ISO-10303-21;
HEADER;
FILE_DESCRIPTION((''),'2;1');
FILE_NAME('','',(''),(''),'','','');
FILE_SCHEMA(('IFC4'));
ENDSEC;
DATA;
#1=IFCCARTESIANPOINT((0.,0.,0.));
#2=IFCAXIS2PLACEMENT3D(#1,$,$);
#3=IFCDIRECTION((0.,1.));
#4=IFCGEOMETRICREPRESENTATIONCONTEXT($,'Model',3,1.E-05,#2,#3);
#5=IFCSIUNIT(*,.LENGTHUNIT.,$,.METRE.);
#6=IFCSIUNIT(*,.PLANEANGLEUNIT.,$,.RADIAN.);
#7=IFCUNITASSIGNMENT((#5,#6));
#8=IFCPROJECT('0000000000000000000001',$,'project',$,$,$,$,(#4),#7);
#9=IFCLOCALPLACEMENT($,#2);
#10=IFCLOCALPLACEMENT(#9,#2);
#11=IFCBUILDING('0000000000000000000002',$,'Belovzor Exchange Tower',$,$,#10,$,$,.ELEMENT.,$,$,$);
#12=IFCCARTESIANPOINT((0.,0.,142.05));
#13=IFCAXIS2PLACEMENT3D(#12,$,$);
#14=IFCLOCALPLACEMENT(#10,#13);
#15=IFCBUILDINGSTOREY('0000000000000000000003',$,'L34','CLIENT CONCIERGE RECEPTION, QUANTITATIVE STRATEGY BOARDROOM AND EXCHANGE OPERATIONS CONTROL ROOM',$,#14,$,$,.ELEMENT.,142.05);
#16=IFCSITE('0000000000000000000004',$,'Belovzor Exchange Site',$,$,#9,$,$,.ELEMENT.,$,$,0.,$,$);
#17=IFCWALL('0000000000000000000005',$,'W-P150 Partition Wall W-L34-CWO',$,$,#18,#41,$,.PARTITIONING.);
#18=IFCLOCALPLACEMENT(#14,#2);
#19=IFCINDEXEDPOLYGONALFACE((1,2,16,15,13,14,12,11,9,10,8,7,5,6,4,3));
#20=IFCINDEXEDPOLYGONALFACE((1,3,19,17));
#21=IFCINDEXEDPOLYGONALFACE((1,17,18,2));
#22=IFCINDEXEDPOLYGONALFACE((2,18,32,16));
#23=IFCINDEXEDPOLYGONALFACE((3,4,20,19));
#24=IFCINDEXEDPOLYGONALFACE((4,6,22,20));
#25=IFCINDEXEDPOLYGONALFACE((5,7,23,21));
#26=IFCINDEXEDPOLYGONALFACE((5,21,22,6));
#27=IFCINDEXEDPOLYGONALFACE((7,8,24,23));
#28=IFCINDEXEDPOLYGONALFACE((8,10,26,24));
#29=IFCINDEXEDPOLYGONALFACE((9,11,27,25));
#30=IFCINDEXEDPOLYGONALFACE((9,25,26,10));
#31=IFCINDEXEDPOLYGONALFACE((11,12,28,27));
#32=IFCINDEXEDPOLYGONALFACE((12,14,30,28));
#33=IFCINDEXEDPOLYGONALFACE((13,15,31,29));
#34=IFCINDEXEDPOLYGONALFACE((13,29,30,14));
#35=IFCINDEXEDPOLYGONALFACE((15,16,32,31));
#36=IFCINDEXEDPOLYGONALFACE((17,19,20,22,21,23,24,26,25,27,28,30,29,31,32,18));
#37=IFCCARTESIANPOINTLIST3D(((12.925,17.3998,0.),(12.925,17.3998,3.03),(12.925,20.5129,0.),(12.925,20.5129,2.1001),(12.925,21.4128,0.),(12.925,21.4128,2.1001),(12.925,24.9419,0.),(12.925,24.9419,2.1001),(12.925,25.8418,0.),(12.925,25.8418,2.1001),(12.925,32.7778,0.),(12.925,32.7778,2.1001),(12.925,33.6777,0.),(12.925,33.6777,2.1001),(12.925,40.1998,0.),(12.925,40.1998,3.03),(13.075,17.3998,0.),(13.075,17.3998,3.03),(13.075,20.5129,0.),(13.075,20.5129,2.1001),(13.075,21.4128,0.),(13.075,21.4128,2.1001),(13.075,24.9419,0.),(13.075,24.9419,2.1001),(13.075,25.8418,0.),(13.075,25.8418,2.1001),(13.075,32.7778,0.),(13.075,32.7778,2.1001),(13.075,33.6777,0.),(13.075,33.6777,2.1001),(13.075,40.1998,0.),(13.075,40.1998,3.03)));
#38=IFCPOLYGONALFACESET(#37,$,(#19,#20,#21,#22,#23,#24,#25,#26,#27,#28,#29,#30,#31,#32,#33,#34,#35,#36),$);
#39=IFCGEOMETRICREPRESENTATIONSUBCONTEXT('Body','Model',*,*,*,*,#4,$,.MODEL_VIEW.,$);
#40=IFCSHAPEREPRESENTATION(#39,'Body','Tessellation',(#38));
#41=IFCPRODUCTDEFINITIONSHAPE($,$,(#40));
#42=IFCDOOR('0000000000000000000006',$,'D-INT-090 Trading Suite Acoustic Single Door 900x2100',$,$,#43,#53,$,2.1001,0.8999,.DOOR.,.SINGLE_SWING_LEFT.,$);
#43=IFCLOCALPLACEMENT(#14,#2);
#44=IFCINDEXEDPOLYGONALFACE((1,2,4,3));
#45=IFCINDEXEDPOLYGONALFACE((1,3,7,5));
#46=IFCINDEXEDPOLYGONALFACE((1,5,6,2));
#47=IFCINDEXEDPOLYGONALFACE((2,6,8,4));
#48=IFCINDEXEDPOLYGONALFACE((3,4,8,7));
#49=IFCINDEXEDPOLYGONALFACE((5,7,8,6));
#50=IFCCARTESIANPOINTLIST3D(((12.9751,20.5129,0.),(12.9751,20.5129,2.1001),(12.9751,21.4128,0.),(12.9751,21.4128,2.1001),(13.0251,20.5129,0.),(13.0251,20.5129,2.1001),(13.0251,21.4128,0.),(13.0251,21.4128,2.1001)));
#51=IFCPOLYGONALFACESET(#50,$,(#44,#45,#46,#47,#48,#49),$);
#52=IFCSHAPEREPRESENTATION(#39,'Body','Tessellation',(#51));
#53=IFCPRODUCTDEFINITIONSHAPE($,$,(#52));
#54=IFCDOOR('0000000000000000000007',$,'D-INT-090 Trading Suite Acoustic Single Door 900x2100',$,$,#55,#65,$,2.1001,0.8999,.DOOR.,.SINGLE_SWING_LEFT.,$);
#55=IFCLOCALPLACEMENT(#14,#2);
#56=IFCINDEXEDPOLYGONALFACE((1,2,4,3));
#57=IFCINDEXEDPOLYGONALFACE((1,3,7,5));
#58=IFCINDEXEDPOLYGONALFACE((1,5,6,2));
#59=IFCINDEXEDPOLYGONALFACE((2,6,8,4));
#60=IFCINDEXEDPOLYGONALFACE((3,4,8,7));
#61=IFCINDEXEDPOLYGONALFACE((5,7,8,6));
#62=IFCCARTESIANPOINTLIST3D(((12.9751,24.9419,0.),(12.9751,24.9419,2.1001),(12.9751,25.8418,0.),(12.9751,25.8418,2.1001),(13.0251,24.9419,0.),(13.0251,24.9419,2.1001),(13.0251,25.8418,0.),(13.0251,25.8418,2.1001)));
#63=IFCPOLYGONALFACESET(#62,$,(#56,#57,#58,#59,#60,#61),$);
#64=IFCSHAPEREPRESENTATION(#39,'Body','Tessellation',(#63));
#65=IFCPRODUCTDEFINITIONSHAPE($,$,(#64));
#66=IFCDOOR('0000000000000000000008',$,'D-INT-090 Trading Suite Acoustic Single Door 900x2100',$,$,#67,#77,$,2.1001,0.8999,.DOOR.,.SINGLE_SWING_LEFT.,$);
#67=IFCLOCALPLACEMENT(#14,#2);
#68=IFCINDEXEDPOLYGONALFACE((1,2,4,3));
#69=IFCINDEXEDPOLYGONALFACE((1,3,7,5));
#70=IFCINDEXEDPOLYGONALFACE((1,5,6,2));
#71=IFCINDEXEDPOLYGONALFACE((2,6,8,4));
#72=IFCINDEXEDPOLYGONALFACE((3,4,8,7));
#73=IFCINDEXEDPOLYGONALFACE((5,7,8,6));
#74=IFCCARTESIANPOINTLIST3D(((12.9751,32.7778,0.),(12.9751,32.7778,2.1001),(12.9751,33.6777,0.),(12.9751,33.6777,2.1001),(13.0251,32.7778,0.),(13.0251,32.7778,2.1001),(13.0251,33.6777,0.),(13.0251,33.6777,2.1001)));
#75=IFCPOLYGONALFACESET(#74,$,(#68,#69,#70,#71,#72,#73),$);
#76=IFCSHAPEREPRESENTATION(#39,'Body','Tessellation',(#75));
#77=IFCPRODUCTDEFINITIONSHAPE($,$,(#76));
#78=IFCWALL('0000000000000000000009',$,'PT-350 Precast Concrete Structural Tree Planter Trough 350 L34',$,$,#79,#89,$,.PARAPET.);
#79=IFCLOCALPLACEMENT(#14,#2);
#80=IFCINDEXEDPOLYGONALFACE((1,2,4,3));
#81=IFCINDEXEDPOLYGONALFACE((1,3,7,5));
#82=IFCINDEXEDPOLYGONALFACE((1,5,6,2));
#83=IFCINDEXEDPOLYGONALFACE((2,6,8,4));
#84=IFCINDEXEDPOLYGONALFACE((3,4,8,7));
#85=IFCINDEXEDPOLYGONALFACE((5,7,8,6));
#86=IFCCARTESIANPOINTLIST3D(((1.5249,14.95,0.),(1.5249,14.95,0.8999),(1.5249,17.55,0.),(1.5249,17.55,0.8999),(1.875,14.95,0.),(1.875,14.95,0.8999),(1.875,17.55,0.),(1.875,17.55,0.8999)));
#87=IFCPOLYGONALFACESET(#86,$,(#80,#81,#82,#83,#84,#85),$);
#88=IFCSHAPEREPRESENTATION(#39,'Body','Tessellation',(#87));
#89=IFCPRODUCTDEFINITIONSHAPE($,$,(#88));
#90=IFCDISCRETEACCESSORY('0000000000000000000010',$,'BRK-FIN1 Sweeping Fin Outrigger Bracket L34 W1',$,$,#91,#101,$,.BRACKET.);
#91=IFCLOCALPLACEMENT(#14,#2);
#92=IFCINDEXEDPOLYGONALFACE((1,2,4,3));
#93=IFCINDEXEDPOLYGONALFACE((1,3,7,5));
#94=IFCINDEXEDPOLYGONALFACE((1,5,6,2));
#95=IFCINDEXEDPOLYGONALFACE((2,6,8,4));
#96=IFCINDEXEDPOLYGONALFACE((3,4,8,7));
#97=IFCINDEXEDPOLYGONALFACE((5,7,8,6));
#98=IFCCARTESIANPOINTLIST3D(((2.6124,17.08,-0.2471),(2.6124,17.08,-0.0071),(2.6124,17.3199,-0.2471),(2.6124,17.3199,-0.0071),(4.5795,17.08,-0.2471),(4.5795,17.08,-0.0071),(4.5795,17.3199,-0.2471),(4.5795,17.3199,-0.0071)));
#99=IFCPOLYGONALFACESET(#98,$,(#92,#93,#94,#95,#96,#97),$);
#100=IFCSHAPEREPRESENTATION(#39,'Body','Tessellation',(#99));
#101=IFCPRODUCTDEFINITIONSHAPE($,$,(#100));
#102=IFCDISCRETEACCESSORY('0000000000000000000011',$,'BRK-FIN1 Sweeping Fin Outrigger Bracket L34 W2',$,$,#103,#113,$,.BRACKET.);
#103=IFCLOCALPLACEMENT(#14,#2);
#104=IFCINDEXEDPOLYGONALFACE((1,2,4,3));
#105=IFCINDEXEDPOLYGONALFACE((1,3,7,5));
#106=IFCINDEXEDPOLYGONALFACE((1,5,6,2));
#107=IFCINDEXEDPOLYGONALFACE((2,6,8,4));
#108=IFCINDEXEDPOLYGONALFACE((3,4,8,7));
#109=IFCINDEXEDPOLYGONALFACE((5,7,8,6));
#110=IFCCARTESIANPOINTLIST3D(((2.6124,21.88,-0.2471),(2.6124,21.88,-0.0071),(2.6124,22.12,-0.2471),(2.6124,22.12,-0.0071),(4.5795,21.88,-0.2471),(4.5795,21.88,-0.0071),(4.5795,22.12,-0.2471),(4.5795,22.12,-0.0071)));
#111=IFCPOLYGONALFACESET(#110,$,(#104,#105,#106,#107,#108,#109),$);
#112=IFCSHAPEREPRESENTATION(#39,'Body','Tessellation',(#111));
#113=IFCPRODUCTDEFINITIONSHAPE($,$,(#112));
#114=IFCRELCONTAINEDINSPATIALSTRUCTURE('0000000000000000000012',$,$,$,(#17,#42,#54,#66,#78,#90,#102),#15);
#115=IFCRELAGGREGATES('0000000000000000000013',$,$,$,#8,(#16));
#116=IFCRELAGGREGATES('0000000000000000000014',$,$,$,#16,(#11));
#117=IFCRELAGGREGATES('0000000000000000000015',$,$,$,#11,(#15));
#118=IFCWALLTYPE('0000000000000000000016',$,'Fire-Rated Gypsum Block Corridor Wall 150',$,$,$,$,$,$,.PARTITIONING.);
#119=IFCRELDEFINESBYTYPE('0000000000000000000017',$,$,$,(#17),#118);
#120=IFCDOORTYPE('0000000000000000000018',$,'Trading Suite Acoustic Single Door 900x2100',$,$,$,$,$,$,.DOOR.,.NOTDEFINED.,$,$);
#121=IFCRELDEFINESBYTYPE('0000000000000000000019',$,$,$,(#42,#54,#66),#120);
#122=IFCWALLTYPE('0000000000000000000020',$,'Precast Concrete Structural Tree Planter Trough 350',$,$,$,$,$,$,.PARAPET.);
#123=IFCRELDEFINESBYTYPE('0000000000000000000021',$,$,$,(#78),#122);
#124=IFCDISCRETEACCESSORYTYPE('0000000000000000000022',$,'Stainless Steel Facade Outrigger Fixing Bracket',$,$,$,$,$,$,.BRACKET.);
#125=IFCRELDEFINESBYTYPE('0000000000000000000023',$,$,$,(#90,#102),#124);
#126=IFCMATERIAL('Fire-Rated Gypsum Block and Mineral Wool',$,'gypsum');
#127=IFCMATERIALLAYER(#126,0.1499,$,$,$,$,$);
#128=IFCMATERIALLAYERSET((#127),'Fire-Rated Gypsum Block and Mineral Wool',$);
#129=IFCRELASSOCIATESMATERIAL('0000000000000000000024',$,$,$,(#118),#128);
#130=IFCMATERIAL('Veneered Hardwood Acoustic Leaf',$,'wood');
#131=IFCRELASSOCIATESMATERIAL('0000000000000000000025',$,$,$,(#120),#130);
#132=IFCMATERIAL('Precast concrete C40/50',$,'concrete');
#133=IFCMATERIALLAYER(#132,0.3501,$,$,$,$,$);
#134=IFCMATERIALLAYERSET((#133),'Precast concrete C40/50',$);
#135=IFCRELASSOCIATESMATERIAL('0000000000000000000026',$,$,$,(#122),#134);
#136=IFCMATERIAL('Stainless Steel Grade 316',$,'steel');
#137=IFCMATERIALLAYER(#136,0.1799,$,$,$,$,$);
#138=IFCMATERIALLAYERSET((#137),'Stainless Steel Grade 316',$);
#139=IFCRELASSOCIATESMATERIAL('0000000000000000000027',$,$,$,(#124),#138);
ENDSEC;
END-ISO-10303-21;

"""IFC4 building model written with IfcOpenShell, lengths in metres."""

from ifc_helpers import new_model, si_unit, direction, frame, frame_2d, origin, origin_2d, place, context, subcontext, project, spatial, rectangle, extrude, material, layer, layer_set, type_object, element, fill, save


model = new_model("IFC4")

# Units and contexts
model_context = context("Model", 3, precision=1e-05, world=origin(), true_north=direction((0.0, 1.0)))
body_context = subcontext(model_context, "Body", "Model", "MODEL_VIEW")
ifc_project = project(units=[si_unit("LENGTHUNIT", "METRE"), si_unit("PLANEANGLEUNIT", "RADIAN")], contexts=[model_context])

# Site, building, storey
site_placement = place(None, origin())
site = spatial("IfcSite", under=ifc_project, at=site_placement, Name="Belovzor Exchange Site", CompositionType="ELEMENT", RefElevation=0.0)
building_placement = place(site_placement, origin())
building = spatial("IfcBuilding", under=site, at=building_placement, Name="Belovzor Exchange Tower", CompositionType="ELEMENT")
storey_placement = place(building_placement, frame((0.0, 0.0, 142.05)))
storey = spatial("IfcBuildingStorey", under=building, at=storey_placement, Name="L34", Description="CLIENT CONCIERGE RECEPTION, QUANTITATIVE STRATEGY BOARDROOM AND EXCHANGE OPERATIONS CONTROL ROOM", CompositionType="ELEMENT", Elevation=142.05)

# Wall, openings, doors
ifc_material_1 = material(Name="Fire-Rated Gypsum Block and Mineral Wool", Category="gypsum")
ifc_layer_1 = layer(ifc_material_1, 0.1499)
ifc_layer_set_1 = layer_set([ifc_layer_1], Name="Fire-Rated Gypsum Block and Mineral Wool")
wall_type_1 = type_object("IfcWallType", Name="Fire-Rated Gypsum Block Corridor Wall 150", PredefinedType="PARTITIONING", material=ifc_layer_set_1)
ifc_material_2 = material(Name="Veneered Hardwood Acoustic Leaf", Category="wood")
door_type = type_object("IfcDoorType", Name="Trading Suite Acoustic Single Door 900x2100", OperationType="NOTDEFINED", PredefinedType="DOOR", material=ifc_material_2)
wall_1_placement = place(storey_placement, frame((13.0, 17.3999, 0.0), z_axis=(0.0, 0.0, 1.0), x_axis=(0.0, 1.0, 0.0)))
wall_1 = element("IfcWall", 1, at=wall_1_placement, inside=storey, type_object=wall_type_1, Name="W-P150 Partition Wall W-L34-CWO", PredefinedType="PARTITIONING", context=body_context, shape_type="SweptSolid", body=[
    extrude(rectangle(XDim=22.8, YDim=0.1499, at=frame_2d((11.3999, 0.0))), origin(), (0.0, 0.0, 1.0), 3.03),
])
opening_1_placement = place(wall_1_placement, frame((3.113, 0.0, 0.0)))
opening_1 = element("IfcOpeningElement", 2, at=opening_1_placement, cuts=wall_1, PredefinedType="OPENING", context=body_context, shape_type="SweptSolid", body=[
    extrude(rectangle(XDim=0.8999, YDim=2.1001, at=frame_2d((0.45, 1.05))), frame((0.0, 0.085, 0.0), z_axis=(0.0, -1.0, 0.0), x_axis=(1.0, 0.0, 0.0)), (0.0, 0.0, 1.0), 0.1699),
])
opening_2_placement = place(wall_1_placement, frame((7.542, 0.0, 0.0)))
opening_2 = element("IfcOpeningElement", 3, at=opening_2_placement, cuts=wall_1, PredefinedType="OPENING", context=body_context, shape_type="SweptSolid", body=[
    extrude(rectangle(XDim=0.8999, YDim=2.1001, at=frame_2d((0.45, 1.05))), frame((0.0, 0.085, 0.0), z_axis=(0.0, -1.0, 0.0), x_axis=(1.0, 0.0, 0.0)), (0.0, 0.0, 1.0), 0.1699),
])
opening_3_placement = place(wall_1_placement, frame((15.3779, 0.0, 0.0)))
opening_3 = element("IfcOpeningElement", 4, at=opening_3_placement, cuts=wall_1, PredefinedType="OPENING", context=body_context, shape_type="SweptSolid", body=[
    extrude(rectangle(XDim=0.8999, YDim=2.1001, at=frame_2d((0.45, 1.05))), frame((0.0, 0.085, 0.0), z_axis=(0.0, -1.0, 0.0), x_axis=(1.0, 0.0, 0.0)), (0.0, 0.0, 1.0), 0.1699),
])
door_1_placement = place(opening_1_placement, origin())
door_1 = element("IfcDoor", 5, at=door_1_placement, inside=storey, type_object=door_type, Name="D-INT-090 Trading Suite Acoustic Single Door 900x2100", OperationType="SINGLE_SWING_LEFT", OverallHeight=2.1001, OverallWidth=0.8999, PredefinedType="DOOR", context=body_context, shape_type="SweptSolid", body=[
    extrude(rectangle(XDim=0.8999, YDim=2.1001, at=frame_2d((0.45, 1.05))), frame((0.0, 0.0249, 0.0), z_axis=(0.0, -1.0, 0.0), x_axis=(1.0, 0.0, 0.0)), (0.0, 0.0, 1.0), 0.05),
])
fill(opening_1, door_1)
door_2_placement = place(opening_2_placement, origin())
door_2 = element("IfcDoor", 6, at=door_2_placement, inside=storey, type_object=door_type, Name="D-INT-090 Trading Suite Acoustic Single Door 900x2100", OperationType="SINGLE_SWING_LEFT", OverallHeight=2.1001, OverallWidth=0.8999, PredefinedType="DOOR", context=body_context, shape_type="SweptSolid", body=[
    extrude(rectangle(XDim=0.8999, YDim=2.1001, at=frame_2d((0.45, 1.05))), frame((0.0, 0.0249, 0.0), z_axis=(0.0, -1.0, 0.0), x_axis=(1.0, 0.0, 0.0)), (0.0, 0.0, 1.0), 0.05),
])
fill(opening_2, door_2)
door_3_placement = place(opening_3_placement, origin())
door_3 = element("IfcDoor", 7, at=door_3_placement, inside=storey, type_object=door_type, Name="D-INT-090 Trading Suite Acoustic Single Door 900x2100", OperationType="SINGLE_SWING_LEFT", OverallHeight=2.1001, OverallWidth=0.8999, PredefinedType="DOOR", context=body_context, shape_type="SweptSolid", body=[
    extrude(rectangle(XDim=0.8999, YDim=2.1001, at=frame_2d((0.45, 1.05))), frame((0.0, 0.0249, 0.0), z_axis=(0.0, -1.0, 0.0), x_axis=(1.0, 0.0, 0.0)), (0.0, 0.0, 1.0), 0.05),
])
fill(opening_3, door_3)

# Wall
ifc_material_3 = material(Name="Precast concrete C40/50", Category="concrete")
ifc_layer_2 = layer(ifc_material_3, 0.3501)
ifc_layer_set_2 = layer_set([ifc_layer_2], Name="Precast concrete C40/50")
wall_type_2 = type_object("IfcWallType", Name="Precast Concrete Structural Tree Planter Trough 350", PredefinedType="PARAPET", material=ifc_layer_set_2)
wall_2_placement = place(storey_placement, frame((1.7, 14.95, 0.0), z_axis=(0.0, 0.0, 1.0), x_axis=(0.0, 1.0, 0.0)))
element("IfcWall", 8, at=wall_2_placement, inside=storey, type_object=wall_type_2, Name="PT-350 Precast Concrete Structural Tree Planter Trough 350 L34", PredefinedType="PARAPET", context=body_context, shape_type="SweptSolid", body=[
    extrude(rectangle(XDim=2.6001, YDim=0.3501, at=frame_2d((1.3, 0.0))), origin(), (0.0, 0.0, 1.0), 0.8999),
])

# Discrete accessories
ifc_material_4 = material(Name="Stainless Steel Grade 316", Category="steel")
ifc_layer_3 = layer(ifc_material_4, 0.1799)
ifc_layer_set_3 = layer_set([ifc_layer_3], Name="Stainless Steel Grade 316")
discrete_accessory_type = type_object("IfcDiscreteAccessoryType", Name="Stainless Steel Facade Outrigger Fixing Bracket", PredefinedType="BRACKET", material=ifc_layer_set_3)
for number, where, z_axis, x_axis, name in (
    (9, (3.5959, 17.2, -0.2471), (0.0, 0.0, 1.0), (1.0, 0.0, 0.0), "BRK-FIN1 Sweeping Fin Outrigger Bracket L34 W1"),
    (10, (3.5959, 22.0, -0.2471), (0.0, 0.0, 1.0), (1.0, 0.0, 0.0), "BRK-FIN1 Sweeping Fin Outrigger Bracket L34 W2"),
):
    element("IfcDiscreteAccessory", number, at=place(storey_placement, frame(where, z_axis=z_axis, x_axis=x_axis)), inside=storey, type_object=discrete_accessory_type, Name=name, PredefinedType="BRACKET", context=body_context, shape_type="SweptSolid", body=[
        extrude(rectangle(XDim=1.967, YDim=0.24, at=origin_2d()), origin(), (0.0, 0.0, 1.0), 0.24),
    ])

save(model, "model.ifc")
